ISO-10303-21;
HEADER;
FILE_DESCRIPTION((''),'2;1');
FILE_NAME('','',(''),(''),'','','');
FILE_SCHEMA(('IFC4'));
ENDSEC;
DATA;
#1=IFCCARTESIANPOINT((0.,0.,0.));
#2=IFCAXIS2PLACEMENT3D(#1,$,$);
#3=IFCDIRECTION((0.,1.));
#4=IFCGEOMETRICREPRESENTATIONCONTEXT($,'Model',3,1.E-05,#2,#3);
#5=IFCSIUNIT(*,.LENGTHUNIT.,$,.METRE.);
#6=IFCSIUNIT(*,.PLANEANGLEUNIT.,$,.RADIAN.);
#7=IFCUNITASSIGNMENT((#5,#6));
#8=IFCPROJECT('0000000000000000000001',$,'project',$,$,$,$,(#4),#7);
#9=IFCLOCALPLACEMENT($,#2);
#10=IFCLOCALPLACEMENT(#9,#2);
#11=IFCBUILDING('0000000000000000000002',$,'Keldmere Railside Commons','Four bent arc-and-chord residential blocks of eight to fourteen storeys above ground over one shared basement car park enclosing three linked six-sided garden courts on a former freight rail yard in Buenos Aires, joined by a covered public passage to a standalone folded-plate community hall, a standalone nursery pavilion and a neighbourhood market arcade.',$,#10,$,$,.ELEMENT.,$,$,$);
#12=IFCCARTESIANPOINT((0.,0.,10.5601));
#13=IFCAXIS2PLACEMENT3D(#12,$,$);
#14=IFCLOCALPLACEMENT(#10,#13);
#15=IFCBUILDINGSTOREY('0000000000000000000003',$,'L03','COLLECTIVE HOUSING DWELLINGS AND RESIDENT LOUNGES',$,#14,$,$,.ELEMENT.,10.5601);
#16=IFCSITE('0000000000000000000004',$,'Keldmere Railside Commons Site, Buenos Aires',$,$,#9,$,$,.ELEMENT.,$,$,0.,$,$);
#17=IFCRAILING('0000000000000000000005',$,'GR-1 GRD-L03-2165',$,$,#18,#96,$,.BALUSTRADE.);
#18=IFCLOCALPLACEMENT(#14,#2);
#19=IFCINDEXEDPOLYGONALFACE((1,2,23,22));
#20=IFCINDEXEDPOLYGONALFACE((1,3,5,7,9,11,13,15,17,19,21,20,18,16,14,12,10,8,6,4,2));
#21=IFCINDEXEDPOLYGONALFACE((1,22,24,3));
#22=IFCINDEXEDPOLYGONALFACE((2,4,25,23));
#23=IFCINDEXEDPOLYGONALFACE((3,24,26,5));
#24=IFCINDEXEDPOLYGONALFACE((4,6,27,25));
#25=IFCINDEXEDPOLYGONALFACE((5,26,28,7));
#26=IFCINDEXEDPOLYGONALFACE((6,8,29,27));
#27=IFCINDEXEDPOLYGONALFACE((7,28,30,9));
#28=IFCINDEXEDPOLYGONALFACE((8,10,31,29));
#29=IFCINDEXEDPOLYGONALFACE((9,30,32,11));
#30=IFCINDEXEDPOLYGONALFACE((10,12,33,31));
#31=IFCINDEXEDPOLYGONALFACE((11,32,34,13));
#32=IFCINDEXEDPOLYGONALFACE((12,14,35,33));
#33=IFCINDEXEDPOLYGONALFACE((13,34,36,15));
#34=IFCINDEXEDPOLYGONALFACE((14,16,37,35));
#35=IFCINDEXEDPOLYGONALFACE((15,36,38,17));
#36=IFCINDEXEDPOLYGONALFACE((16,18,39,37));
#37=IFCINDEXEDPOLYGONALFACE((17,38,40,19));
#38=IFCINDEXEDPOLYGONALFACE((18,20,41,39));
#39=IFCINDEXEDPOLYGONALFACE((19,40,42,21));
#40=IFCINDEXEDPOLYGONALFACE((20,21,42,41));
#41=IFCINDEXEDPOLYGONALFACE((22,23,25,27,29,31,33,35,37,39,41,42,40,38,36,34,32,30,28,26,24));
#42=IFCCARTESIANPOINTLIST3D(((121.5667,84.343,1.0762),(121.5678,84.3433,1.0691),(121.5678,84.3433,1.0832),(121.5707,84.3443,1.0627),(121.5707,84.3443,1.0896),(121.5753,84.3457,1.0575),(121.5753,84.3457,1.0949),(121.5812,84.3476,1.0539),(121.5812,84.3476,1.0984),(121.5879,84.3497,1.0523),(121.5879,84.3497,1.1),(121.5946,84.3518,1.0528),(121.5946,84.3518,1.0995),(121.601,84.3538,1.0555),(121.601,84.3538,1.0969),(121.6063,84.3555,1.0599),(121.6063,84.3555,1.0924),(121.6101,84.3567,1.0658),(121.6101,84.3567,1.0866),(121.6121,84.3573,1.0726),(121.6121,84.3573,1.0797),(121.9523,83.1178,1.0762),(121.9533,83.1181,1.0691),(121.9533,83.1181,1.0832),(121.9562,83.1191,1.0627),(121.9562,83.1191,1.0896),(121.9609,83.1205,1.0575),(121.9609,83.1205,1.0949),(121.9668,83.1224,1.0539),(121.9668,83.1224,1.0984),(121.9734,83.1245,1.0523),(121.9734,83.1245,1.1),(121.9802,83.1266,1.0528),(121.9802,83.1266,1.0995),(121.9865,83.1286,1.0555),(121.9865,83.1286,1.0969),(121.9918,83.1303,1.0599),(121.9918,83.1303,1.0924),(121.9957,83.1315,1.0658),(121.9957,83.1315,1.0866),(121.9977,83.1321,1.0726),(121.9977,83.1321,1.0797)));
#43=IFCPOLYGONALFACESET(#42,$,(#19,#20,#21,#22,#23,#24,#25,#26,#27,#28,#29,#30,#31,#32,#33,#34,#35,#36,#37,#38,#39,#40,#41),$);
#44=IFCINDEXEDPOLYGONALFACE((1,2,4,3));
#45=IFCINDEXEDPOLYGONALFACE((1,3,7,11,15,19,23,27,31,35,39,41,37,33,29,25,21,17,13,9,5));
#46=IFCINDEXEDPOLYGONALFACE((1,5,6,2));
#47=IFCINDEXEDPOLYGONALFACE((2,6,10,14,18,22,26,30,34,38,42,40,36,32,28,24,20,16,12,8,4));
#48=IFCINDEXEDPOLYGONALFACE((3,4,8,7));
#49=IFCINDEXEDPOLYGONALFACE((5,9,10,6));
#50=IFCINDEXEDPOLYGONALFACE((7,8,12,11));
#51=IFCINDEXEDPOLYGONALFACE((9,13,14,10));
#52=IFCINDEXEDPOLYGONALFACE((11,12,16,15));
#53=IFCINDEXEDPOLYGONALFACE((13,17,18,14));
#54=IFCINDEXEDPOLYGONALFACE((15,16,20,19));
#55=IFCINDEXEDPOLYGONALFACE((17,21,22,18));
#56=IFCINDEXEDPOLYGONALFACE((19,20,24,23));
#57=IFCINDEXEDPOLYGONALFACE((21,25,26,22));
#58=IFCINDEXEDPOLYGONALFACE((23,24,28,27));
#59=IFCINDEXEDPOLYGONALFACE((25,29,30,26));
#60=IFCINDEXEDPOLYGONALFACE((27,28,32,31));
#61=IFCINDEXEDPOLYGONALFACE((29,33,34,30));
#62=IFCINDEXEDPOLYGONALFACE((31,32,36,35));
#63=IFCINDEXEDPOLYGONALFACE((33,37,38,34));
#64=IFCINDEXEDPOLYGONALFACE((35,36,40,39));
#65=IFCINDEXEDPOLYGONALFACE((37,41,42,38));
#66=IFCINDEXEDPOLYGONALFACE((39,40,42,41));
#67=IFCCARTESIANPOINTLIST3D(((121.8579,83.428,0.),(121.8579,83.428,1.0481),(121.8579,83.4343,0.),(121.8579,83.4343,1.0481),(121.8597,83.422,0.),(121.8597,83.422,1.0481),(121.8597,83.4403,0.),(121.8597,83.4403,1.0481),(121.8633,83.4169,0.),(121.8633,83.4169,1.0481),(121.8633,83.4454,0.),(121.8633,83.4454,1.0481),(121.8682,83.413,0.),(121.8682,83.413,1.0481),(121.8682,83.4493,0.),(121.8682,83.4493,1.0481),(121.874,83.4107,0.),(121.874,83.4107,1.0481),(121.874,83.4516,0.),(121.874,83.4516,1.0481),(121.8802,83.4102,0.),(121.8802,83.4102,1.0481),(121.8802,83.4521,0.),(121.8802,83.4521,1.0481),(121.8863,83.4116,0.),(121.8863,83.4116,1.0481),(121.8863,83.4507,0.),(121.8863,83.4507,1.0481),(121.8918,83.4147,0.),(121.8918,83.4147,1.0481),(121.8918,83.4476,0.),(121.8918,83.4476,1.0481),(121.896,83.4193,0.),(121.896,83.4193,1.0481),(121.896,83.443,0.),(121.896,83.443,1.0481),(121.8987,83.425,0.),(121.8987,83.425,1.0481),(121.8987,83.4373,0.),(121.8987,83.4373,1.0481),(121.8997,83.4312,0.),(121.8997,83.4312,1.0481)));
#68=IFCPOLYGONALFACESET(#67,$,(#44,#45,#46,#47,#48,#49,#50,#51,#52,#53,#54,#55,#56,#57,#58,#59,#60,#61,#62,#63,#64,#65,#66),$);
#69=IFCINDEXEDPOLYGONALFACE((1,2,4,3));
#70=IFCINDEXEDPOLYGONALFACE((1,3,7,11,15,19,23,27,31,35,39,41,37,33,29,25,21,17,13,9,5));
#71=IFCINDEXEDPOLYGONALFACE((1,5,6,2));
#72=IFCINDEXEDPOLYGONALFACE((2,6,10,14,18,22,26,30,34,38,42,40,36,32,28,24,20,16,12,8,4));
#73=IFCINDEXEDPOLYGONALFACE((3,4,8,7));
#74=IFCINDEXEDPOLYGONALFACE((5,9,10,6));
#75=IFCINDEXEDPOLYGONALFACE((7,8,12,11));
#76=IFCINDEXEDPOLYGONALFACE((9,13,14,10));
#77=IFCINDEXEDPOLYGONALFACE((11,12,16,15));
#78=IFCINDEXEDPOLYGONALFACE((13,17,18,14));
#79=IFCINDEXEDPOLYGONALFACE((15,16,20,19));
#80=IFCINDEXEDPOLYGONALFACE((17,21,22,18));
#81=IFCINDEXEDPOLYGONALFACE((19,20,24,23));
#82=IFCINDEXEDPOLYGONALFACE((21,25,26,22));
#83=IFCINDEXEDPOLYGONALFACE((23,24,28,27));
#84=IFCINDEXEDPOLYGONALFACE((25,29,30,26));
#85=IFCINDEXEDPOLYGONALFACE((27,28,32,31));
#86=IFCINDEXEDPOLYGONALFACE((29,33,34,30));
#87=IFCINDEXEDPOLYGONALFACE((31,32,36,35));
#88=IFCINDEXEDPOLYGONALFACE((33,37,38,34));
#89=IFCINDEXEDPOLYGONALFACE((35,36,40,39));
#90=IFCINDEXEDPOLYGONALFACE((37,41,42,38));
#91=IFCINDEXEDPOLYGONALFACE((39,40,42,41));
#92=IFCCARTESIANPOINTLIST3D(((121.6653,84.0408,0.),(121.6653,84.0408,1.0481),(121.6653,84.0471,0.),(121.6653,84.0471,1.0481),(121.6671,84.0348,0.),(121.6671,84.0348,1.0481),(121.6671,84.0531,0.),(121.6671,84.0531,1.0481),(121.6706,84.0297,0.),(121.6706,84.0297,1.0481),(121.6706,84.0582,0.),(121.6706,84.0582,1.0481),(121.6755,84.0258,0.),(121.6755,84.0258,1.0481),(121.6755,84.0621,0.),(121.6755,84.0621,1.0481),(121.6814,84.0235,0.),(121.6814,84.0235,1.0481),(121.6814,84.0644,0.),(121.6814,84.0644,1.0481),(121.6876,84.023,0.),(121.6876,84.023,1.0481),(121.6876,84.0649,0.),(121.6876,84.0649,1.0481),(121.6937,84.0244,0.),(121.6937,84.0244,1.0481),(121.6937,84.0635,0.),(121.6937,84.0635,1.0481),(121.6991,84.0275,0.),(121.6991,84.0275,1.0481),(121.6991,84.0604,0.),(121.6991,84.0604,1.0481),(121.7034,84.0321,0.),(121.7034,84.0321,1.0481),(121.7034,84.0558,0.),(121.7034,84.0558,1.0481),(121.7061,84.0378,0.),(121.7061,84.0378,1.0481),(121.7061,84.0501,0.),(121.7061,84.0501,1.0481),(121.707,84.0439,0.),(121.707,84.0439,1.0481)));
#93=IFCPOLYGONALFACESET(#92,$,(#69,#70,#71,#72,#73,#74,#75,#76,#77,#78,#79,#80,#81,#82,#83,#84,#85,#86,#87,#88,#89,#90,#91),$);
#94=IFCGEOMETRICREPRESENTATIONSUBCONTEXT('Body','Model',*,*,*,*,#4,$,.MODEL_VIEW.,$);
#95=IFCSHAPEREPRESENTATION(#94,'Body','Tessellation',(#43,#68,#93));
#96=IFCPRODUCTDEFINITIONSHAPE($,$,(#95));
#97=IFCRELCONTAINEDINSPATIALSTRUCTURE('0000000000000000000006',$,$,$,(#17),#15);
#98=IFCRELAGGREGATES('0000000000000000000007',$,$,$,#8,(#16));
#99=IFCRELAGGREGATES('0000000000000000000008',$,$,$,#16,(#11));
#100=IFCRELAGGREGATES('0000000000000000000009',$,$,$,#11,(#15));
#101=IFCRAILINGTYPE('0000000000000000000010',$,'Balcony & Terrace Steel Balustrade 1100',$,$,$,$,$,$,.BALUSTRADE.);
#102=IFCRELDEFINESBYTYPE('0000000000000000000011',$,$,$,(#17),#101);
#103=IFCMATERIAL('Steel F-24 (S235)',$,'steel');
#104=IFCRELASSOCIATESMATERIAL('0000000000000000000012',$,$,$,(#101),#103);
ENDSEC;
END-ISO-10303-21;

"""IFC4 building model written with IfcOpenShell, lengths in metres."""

from ifc_helpers import new_model, si_unit, direction, frame, origin, origin_2d, place, context, subcontext, project, spatial, circle, extrude, material, type_object, element, save


model = new_model("IFC4")

# Units and contexts
model_context = context("Model", 3, precision=1e-05, world=origin(), true_north=direction((0.0, 1.0)))
body_context = subcontext(model_context, "Body", "Model", "MODEL_VIEW")
ifc_project = project(units=[si_unit("LENGTHUNIT", "METRE"), si_unit("PLANEANGLEUNIT", "RADIAN")], contexts=[model_context])

# Site, building, storey
site_placement = place(None, origin())
site = spatial("IfcSite", under=ifc_project, at=site_placement, Name="Keldmere Railside Commons Site, Buenos Aires", CompositionType="ELEMENT", RefElevation=0.0)
building_placement = place(site_placement, origin())
building = spatial("IfcBuilding", under=site, at=building_placement, Name="Keldmere Railside Commons", Description="Four bent arc-and-chord residential blocks of eight to fourteen storeys above ground over one shared basement car park enclosing three linked six-sided garden courts on a former freight rail yard in Buenos Aires, joined by a covered public passage to a standalone folded-plate community hall, a standalone nursery pavilion and a neighbourhood market arcade.", CompositionType="ELEMENT")
storey_placement = place(building_placement, frame((0.0, 0.0, 10.5601)))
storey = spatial("IfcBuildingStorey", under=building, at=storey_placement, Name="L03", Description="COLLECTIVE HOUSING DWELLINGS AND RESIDENT LOUNGES", CompositionType="ELEMENT", Elevation=10.5601)

# Railing
ifc_material_1 = material(Name="Steel F-24 (S235)", Category="steel")
railing_type = type_object("IfcRailingType", Name="Balcony & Terrace Steel Balustrade 1100", PredefinedType="BALUSTRADE", material=ifc_material_1)
railing_1_placement = place(storey_placement, frame((121.9751, 83.125, 0.0)))
element("IfcRailing", 1, at=railing_1_placement, inside=storey, type_object=railing_type, Name="GR-1 GRD-L03-2165", PredefinedType="BALUSTRADE", context=body_context, shape_type="SweptSolid", body=[
    extrude(circle(Radius=0.0239, at=origin_2d()), frame((0.0, 0.0, 1.0762), z_axis=(-0.300158, 0.95389, 0.0), x_axis=(-0.95389, -0.300158, 0.0)), (0.0, 0.0, 1.0), 1.2844),
    extrude(circle(Radius=0.021, at=origin_2d()), frame((-0.0964, 0.3062, 0.0)), (0.0, 0.0, 1.0), 1.0481),
    extrude(circle(Radius=0.021, at=origin_2d()), frame((-0.2891, 0.9189, 0.0)), (0.0, 0.0, 1.0), 1.0481),
])

save(model, "model.ifc")
